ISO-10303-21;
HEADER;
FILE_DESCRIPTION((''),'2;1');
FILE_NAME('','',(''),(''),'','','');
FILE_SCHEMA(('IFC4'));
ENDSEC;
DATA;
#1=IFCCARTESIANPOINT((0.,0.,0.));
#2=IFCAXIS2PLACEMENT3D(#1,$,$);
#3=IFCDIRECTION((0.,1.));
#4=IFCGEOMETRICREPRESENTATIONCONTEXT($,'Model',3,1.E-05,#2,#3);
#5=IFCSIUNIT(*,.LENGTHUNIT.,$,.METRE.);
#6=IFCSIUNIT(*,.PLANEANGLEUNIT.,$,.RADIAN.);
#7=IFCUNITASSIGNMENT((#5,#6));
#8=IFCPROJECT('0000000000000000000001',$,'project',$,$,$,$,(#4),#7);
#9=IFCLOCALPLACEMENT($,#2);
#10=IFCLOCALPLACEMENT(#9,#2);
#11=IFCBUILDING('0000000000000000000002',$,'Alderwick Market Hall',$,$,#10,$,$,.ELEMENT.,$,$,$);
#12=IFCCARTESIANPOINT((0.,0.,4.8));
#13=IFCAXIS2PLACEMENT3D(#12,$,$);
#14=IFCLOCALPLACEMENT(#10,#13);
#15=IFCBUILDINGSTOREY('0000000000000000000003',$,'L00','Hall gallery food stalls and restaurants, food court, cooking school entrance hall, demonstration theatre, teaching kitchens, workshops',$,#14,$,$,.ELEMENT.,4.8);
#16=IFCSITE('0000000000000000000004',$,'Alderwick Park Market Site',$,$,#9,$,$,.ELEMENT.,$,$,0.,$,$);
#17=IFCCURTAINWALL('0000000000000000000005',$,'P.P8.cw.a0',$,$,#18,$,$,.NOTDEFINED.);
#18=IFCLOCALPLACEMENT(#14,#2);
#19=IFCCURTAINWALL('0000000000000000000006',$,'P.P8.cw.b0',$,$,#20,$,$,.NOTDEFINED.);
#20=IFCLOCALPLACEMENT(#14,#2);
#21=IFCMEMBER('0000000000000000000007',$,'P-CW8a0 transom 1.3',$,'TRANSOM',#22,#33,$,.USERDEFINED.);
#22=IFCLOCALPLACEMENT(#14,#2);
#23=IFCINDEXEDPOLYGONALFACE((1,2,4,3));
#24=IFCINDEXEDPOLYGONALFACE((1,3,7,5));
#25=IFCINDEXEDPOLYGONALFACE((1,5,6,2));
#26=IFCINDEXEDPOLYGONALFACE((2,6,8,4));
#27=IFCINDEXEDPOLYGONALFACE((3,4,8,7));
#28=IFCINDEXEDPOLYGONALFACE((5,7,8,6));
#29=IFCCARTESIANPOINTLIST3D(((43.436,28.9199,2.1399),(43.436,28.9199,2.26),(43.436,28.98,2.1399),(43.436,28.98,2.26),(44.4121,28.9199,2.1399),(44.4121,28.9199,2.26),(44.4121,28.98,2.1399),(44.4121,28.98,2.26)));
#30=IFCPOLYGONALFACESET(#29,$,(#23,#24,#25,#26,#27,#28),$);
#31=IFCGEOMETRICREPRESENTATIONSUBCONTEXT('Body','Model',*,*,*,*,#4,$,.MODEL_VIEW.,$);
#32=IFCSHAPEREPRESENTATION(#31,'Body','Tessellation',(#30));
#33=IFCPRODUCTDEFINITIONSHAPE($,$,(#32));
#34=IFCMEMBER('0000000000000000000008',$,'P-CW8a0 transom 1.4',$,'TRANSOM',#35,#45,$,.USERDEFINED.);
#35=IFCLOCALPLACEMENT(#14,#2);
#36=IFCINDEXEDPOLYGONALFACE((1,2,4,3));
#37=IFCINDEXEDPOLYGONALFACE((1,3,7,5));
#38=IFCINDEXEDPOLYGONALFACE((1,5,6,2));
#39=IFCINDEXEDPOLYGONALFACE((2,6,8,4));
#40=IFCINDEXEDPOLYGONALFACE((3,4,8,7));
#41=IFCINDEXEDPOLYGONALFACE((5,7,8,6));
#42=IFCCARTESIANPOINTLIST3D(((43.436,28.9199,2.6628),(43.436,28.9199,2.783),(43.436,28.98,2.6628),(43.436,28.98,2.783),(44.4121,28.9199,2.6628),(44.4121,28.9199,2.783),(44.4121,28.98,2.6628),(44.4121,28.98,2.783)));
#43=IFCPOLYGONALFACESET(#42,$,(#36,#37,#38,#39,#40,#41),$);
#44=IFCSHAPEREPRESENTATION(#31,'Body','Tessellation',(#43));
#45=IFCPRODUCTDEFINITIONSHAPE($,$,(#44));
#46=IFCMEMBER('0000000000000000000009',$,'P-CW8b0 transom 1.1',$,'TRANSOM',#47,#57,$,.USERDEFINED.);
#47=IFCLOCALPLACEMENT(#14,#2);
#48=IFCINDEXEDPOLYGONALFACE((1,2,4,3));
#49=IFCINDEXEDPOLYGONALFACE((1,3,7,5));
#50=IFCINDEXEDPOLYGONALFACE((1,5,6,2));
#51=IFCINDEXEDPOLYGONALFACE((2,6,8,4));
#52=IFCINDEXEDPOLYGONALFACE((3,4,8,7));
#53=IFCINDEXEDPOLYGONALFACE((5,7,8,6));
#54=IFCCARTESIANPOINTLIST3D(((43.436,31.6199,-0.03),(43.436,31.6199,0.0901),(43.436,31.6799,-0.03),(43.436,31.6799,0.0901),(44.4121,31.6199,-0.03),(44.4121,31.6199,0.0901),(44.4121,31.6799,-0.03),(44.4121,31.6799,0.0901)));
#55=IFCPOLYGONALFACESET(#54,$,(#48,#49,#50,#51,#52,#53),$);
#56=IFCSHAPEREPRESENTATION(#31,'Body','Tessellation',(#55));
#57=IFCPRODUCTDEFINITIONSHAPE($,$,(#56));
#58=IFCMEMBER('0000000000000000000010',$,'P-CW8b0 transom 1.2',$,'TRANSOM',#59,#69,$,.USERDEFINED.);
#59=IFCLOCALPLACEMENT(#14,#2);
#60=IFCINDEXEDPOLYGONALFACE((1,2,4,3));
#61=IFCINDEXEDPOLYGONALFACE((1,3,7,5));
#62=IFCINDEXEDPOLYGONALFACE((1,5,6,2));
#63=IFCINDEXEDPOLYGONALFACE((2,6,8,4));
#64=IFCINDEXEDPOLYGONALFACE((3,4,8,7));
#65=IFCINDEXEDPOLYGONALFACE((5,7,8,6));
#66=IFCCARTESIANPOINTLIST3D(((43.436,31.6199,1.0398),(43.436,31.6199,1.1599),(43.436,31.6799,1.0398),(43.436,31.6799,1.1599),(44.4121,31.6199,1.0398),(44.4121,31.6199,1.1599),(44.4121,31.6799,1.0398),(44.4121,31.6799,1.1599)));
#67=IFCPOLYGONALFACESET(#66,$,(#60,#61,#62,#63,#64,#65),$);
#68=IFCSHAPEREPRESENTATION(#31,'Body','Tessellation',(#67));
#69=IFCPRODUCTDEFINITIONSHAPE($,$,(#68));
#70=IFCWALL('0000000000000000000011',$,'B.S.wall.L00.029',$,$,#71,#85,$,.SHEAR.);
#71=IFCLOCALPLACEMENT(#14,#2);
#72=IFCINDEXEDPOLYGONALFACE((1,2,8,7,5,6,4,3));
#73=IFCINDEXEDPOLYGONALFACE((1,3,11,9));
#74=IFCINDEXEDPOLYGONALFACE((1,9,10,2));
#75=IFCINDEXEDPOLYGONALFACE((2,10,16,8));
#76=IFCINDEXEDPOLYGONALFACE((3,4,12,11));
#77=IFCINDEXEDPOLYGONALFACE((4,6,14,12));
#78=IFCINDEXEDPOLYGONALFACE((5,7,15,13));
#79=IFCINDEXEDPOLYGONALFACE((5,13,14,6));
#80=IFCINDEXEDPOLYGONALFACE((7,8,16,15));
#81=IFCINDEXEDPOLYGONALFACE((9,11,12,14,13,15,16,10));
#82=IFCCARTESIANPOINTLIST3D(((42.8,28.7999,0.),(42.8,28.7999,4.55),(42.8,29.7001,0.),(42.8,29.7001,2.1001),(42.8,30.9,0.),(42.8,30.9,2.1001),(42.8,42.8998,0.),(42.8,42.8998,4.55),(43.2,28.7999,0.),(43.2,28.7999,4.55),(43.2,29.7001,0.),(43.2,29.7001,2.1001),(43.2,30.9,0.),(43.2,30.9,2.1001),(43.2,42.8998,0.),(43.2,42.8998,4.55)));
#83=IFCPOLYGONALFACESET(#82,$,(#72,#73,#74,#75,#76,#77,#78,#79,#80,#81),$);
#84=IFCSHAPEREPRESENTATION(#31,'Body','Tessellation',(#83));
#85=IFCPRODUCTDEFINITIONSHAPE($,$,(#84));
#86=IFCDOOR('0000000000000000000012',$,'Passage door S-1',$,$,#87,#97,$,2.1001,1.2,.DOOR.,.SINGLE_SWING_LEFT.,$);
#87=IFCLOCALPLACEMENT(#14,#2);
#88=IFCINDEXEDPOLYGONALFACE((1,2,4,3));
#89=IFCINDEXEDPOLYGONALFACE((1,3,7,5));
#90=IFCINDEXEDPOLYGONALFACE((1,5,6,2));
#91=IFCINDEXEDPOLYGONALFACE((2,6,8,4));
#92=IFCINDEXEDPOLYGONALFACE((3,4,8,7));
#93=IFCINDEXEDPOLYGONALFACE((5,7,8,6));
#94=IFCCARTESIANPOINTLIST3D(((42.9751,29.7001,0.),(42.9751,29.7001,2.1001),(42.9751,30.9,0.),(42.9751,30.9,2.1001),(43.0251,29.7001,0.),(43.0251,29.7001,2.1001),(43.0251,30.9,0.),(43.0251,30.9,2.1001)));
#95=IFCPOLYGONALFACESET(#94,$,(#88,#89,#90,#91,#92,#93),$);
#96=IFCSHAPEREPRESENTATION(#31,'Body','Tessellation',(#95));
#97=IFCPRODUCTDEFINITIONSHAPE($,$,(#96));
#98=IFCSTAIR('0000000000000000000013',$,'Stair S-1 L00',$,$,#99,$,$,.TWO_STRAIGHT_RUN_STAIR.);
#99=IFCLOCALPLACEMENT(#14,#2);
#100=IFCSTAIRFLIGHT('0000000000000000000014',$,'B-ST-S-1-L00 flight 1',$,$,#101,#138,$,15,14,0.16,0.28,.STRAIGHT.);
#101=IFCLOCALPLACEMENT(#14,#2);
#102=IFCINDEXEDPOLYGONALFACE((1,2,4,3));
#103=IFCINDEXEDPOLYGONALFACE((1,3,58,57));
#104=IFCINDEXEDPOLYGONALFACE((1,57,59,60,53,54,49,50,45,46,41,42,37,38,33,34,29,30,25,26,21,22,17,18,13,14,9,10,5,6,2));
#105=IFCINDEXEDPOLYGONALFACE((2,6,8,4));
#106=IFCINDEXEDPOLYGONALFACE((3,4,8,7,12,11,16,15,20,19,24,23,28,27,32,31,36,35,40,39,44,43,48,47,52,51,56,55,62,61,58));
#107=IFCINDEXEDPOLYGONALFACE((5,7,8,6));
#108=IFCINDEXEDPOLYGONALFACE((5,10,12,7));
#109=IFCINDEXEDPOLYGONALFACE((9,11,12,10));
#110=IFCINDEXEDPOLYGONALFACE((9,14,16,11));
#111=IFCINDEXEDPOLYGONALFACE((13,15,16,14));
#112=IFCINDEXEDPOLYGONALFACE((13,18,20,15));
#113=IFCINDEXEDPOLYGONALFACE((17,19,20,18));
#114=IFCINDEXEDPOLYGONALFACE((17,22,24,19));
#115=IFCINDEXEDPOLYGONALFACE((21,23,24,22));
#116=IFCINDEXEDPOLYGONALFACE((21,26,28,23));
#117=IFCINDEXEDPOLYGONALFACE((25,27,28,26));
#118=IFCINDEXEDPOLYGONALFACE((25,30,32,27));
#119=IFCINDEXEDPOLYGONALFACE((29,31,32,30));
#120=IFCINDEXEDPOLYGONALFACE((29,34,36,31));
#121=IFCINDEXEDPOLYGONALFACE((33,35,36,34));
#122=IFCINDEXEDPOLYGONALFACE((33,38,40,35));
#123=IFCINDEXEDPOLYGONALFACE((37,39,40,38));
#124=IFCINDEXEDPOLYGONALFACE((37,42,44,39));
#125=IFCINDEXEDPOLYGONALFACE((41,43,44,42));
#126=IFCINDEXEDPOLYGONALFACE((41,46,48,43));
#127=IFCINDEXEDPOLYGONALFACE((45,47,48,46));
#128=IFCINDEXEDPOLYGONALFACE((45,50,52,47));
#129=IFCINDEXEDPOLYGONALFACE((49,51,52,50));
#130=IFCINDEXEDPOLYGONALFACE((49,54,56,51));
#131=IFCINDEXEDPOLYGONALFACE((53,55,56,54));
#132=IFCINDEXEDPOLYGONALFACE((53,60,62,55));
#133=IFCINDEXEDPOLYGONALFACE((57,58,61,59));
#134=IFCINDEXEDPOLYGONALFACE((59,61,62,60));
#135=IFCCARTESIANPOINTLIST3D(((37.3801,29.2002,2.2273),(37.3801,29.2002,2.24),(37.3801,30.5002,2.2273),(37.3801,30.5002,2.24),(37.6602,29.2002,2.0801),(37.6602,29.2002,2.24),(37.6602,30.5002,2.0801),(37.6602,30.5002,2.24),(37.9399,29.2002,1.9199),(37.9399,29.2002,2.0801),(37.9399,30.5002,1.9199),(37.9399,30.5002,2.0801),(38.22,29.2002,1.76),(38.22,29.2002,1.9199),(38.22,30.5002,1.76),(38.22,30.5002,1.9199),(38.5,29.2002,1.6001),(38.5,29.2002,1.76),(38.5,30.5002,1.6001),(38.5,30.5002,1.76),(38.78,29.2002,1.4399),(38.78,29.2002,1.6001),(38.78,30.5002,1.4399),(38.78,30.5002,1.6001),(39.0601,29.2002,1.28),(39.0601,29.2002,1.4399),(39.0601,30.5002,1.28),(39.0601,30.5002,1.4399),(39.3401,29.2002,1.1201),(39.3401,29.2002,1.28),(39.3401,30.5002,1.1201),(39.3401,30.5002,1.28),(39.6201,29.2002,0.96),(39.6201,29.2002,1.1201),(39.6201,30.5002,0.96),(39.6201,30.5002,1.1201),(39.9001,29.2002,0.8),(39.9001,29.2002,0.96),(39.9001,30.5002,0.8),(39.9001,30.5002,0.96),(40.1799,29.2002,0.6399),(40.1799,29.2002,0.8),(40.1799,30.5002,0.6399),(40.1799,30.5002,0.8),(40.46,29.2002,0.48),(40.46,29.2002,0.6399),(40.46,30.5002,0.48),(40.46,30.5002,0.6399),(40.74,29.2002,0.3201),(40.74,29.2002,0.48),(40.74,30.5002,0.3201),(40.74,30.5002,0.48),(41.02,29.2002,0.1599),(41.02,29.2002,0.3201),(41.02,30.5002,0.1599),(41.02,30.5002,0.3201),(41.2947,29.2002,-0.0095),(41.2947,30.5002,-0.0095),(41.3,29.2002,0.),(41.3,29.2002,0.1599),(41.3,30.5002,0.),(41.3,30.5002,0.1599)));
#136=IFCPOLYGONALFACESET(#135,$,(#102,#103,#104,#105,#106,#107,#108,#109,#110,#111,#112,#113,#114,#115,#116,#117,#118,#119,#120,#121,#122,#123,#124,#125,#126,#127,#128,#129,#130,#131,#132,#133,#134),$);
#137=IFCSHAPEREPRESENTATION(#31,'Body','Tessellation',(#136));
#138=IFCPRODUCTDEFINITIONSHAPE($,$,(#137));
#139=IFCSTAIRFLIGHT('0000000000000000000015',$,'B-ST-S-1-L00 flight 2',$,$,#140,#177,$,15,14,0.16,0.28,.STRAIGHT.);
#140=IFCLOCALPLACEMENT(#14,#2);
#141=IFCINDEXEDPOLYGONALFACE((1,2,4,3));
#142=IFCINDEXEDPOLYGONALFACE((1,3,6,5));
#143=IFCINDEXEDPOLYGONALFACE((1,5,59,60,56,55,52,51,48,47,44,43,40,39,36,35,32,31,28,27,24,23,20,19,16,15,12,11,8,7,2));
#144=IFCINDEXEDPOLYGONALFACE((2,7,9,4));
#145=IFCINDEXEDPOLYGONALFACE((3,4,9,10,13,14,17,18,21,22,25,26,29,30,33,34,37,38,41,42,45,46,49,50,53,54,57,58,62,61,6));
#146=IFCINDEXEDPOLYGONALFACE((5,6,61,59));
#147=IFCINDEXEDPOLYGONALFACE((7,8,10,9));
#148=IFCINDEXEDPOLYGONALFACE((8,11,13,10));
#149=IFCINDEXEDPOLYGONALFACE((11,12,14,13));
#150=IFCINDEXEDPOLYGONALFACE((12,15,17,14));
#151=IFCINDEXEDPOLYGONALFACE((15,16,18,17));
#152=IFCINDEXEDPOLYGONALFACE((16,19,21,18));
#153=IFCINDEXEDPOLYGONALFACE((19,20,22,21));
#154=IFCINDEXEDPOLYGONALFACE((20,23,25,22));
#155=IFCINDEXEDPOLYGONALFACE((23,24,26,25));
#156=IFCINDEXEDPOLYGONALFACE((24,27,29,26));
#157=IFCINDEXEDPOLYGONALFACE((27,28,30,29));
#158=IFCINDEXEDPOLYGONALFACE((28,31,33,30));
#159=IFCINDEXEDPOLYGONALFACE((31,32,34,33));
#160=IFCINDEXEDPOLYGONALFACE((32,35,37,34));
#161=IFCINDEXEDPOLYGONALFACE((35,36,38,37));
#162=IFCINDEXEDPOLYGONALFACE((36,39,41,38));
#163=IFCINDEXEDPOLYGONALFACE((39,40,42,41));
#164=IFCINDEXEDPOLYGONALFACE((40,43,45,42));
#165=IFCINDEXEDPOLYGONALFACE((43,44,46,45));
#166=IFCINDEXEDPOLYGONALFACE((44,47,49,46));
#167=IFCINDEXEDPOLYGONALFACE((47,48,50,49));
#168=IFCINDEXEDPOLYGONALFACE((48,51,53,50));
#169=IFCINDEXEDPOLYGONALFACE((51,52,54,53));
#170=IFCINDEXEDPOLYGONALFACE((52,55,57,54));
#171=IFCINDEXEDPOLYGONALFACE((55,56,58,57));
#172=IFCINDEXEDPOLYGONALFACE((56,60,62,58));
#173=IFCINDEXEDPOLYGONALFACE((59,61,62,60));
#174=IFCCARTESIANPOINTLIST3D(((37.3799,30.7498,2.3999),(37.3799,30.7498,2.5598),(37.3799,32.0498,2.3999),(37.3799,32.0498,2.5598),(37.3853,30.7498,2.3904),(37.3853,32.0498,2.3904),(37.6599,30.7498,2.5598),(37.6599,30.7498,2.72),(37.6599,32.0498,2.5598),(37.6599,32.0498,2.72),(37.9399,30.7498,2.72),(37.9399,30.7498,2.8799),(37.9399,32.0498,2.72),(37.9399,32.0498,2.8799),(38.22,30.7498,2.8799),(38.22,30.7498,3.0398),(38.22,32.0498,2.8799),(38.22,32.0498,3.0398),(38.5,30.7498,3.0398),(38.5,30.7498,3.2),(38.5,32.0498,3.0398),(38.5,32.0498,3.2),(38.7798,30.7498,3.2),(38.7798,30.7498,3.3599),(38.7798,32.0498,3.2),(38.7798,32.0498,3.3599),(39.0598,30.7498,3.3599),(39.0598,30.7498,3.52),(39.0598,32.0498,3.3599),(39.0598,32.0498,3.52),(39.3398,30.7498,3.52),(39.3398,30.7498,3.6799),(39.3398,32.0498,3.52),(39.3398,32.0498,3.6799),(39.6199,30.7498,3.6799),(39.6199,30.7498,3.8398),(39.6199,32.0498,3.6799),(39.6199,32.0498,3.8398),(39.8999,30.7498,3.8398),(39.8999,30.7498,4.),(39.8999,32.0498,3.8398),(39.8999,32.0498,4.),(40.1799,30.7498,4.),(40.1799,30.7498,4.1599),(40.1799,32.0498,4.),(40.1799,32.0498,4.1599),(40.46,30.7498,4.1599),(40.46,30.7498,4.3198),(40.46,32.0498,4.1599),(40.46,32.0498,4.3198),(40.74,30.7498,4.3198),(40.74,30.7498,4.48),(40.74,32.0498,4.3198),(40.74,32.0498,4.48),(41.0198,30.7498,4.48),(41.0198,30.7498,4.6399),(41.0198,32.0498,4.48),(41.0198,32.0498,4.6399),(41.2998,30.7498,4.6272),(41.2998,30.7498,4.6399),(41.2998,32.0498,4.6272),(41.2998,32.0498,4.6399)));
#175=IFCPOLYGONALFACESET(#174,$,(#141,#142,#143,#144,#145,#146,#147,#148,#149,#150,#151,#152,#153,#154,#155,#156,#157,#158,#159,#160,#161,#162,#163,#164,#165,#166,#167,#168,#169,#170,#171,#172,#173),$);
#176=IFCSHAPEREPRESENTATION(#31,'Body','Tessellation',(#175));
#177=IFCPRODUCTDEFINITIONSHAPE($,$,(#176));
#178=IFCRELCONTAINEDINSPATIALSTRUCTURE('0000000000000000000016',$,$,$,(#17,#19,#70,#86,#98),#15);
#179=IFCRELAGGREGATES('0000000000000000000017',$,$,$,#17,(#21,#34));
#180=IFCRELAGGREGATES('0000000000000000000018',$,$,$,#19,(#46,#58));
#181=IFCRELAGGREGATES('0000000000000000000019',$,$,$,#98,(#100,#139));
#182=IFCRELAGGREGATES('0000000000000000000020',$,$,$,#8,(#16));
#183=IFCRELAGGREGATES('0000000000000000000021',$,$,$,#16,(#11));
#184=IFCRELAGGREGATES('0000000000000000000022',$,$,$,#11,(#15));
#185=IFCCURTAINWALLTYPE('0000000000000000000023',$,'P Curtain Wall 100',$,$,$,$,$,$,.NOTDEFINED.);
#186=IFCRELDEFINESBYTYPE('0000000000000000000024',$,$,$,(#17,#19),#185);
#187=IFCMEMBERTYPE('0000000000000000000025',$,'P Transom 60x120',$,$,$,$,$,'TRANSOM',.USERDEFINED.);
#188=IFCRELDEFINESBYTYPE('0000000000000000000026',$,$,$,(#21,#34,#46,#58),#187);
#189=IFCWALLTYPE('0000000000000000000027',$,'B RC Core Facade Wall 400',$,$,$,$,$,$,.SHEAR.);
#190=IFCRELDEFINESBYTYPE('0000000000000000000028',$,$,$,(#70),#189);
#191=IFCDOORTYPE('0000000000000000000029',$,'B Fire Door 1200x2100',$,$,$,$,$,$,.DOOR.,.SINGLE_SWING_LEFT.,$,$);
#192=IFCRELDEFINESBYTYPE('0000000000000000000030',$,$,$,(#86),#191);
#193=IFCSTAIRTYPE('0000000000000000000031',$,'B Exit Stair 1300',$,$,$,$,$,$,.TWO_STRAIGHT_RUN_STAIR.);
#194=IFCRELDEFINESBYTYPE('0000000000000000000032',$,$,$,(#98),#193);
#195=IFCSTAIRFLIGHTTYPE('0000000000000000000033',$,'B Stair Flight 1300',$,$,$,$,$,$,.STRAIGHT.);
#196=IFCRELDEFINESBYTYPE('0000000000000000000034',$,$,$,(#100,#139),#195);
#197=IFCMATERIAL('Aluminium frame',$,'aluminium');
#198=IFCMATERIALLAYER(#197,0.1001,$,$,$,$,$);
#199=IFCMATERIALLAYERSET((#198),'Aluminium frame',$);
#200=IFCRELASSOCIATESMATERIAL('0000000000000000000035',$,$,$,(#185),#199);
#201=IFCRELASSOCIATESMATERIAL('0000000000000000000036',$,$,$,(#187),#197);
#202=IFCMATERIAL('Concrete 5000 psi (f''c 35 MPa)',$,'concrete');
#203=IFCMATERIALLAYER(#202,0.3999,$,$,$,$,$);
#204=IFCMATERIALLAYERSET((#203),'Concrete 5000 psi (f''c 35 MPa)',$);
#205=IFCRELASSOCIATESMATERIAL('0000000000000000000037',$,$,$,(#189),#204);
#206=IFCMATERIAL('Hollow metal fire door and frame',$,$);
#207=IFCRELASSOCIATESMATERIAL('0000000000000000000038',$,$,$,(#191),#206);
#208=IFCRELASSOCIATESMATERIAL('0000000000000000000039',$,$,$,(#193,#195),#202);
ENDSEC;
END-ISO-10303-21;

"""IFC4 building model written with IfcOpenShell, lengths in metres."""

from ifc_helpers import new_model, si_unit, direction, frame, frame_2d, origin, origin_2d, place, context, subcontext, project, spatial, polyline, rectangle, outline, extrude, material, layer, layer_set, material_profile, profile_set, type_object, element, fill, aggregate, save


model = new_model("IFC4")

# Units and contexts
model_context = context("Model", 3, precision=1e-05, world=origin(), true_north=direction((0.0, 1.0)))
body_context = subcontext(model_context, "Body", "Model", "MODEL_VIEW")
ifc_project = project(units=[si_unit("LENGTHUNIT", "METRE"), si_unit("PLANEANGLEUNIT", "RADIAN")], contexts=[model_context])

# Site, building, storey
site_placement = place(None, origin())
site = spatial("IfcSite", under=ifc_project, at=site_placement, Name="Alderwick Park Market Site", CompositionType="ELEMENT", RefElevation=0.0)
building_placement = place(site_placement, origin())
building = spatial("IfcBuilding", under=site, at=building_placement, Name="Alderwick Market Hall", CompositionType="ELEMENT")
storey_placement = place(building_placement, frame((0.0, 0.0, 4.8)))
storey = spatial("IfcBuildingStorey", under=building, at=storey_placement, Name="L00", Description="Hall gallery food stalls and restaurants, food court, cooking school entrance hall, demonstration theatre, teaching kitchens, workshops", CompositionType="ELEMENT", Elevation=4.8)

# Curtain walls
ifc_material_1 = material(Name="Aluminium frame", Category="aluminium")
ifc_layer_1 = layer(ifc_material_1, 0.1001)
ifc_layer_set_1 = layer_set([ifc_layer_1], Name="Aluminium frame")
curtain_wall_type = type_object("IfcCurtainWallType", Name="P Curtain Wall 100", PredefinedType="NOTDEFINED", material=ifc_layer_set_1)
curtain_wall_1_placement = place(storey_placement, origin())
curtain_wall_1 = element("IfcCurtainWall", 1, at=curtain_wall_1_placement, inside=storey, type_object=curtain_wall_type, Name="P.P8.cw.a0", PredefinedType="NOTDEFINED")
curtain_wall_2_placement = place(storey_placement, origin())
curtain_wall_2 = element("IfcCurtainWall", 2, at=curtain_wall_2_placement, inside=storey, type_object=curtain_wall_type, Name="P.P8.cw.b0", PredefinedType="NOTDEFINED")

# Shared definitions
ifc_material_2 = material(Name="Concrete 5000 psi (f'c 35 MPa)", Category="concrete")

# Members
ifc_material_profile_1 = material_profile(ifc_material_1, rectangle(XDim=0.0601, YDim=0.1201, at=origin_2d()), Name="P Transom 60x120")
ifc_profile_set_1 = profile_set([ifc_material_profile_1], Name="Aluminium frame")
member_type_1 = type_object("IfcMemberType", Name="P Transom 60x120", ElementType="TRANSOM", PredefinedType="USERDEFINED", material=ifc_profile_set_1)
member_1_placement = place(storey_placement, frame((43.436, 28.95, 2.2), z_axis=(1.0, 0.0, 0.0), x_axis=(0.0, 1.0, 0.0)))
member_1 = element("IfcMember", 3, at=member_1_placement, type_object=member_type_1, Name="P-CW8a0 transom 1.3", ObjectType="TRANSOM", PredefinedType="USERDEFINED", context=body_context, shape_type="SweptSolid", body=[
    extrude(rectangle(XDim=0.0601, YDim=0.1201, at=origin_2d()), origin(), (0.0, 0.0, 1.0), 0.9761),
])
member_2_placement = place(storey_placement, frame((43.436, 28.95, 2.7229), z_axis=(1.0, 0.0, 0.0), x_axis=(0.0, 1.0, 0.0)))
member_2 = element("IfcMember", 4, at=member_2_placement, type_object=member_type_1, Name="P-CW8a0 transom 1.4", ObjectType="TRANSOM", PredefinedType="USERDEFINED", context=body_context, shape_type="SweptSolid", body=[
    extrude(rectangle(XDim=0.0601, YDim=0.1201, at=origin_2d()), origin(), (0.0, 0.0, 1.0), 0.9761),
])
aggregate(curtain_wall_1, [member_1, member_2])
member_3_placement = place(storey_placement, frame((43.436, 31.6499, 0.03), z_axis=(1.0, 0.0, 0.0), x_axis=(0.0, 1.0, 0.0)))
member_3 = element("IfcMember", 5, at=member_3_placement, type_object=member_type_1, Name="P-CW8b0 transom 1.1", ObjectType="TRANSOM", PredefinedType="USERDEFINED", context=body_context, shape_type="SweptSolid", body=[
    extrude(rectangle(XDim=0.0601, YDim=0.1201, at=origin_2d()), origin(), (0.0, 0.0, 1.0), 0.9761),
])
member_4_placement = place(storey_placement, frame((43.436, 31.6499, 1.0999), z_axis=(1.0, 0.0, 0.0), x_axis=(0.0, 1.0, 0.0)))
member_4 = element("IfcMember", 6, at=member_4_placement, type_object=member_type_1, Name="P-CW8b0 transom 1.2", ObjectType="TRANSOM", PredefinedType="USERDEFINED", context=body_context, shape_type="SweptSolid", body=[
    extrude(rectangle(XDim=0.0601, YDim=0.1201, at=origin_2d()), origin(), (0.0, 0.0, 1.0), 0.9761),
])
aggregate(curtain_wall_2, [member_3, member_4])

# Wall, opening, door
ifc_layer_2 = layer(ifc_material_2, 0.3999)
ifc_layer_set_2 = layer_set([ifc_layer_2], Name="Concrete 5000 psi (f'c 35 MPa)")
wall_type = type_object("IfcWallType", Name="B RC Core Facade Wall 400", PredefinedType="SHEAR", material=ifc_layer_set_2)
wall_placement = place(storey_placement, frame((43.0, 28.8, 0.0), z_axis=(0.0, 0.0, 1.0), x_axis=(0.0, 1.0, 0.0)))
wall = element("IfcWall", 7, at=wall_placement, inside=storey, type_object=wall_type, Name="B.S.wall.L00.029", PredefinedType="SHEAR", context=body_context, shape_type="SweptSolid", body=[
    extrude(rectangle(XDim=14.0999, YDim=0.3999, at=frame_2d((7.0498, 0.0))), origin(), (0.0, 0.0, 1.0), 4.55),
])
opening_placement = place(wall_placement, frame((0.8999, 0.0, 0.0)))
opening = element("IfcOpeningElement", 8, at=opening_placement, cuts=wall, PredefinedType="OPENING", context=body_context, shape_type="SweptSolid", body=[
    extrude(rectangle(XDim=1.2, YDim=2.1001, at=frame_2d((0.6001, 1.05))), frame((0.0, 0.21, 0.0), z_axis=(0.0, -1.0, 0.0), x_axis=(1.0, 0.0, 0.0)), (0.0, 0.0, 1.0), 0.4199),
])
ifc_material_3 = material(Name="Hollow metal fire door and frame")
door_type = type_object("IfcDoorType", Name="B Fire Door 1200x2100", OperationType="SINGLE_SWING_LEFT", PredefinedType="DOOR", material=ifc_material_3)
door_placement = place(opening_placement, origin())
door = element("IfcDoor", 9, at=door_placement, inside=storey, type_object=door_type, Name="Passage door S-1", OperationType="SINGLE_SWING_LEFT", OverallHeight=2.1001, OverallWidth=1.2, PredefinedType="DOOR", context=body_context, shape_type="SweptSolid", body=[
    extrude(rectangle(XDim=1.2, YDim=2.1001, at=frame_2d((0.6001, 1.05))), frame((0.0, 0.0249, 0.0), z_axis=(0.0, -1.0, 0.0), x_axis=(1.0, 0.0, 0.0)), (0.0, 0.0, 1.0), 0.05),
])
fill(opening, door)

# Stair, stair flights
stair_type = type_object("IfcStairType", Name="B Exit Stair 1300", PredefinedType="TWO_STRAIGHT_RUN_STAIR", material=ifc_material_2)
stair_placement = place(storey_placement, origin())
stair = element("IfcStair", 10, at=stair_placement, inside=storey, type_object=stair_type, Name="Stair S-1 L00", PredefinedType="TWO_STRAIGHT_RUN_STAIR")
stair_flight_type = type_object("IfcStairFlightType", Name="B Stair Flight 1300", PredefinedType="STRAIGHT", material=ifc_material_2)
stair_flight_1_placement = place(storey_placement, frame((41.3, 29.8501, 0.0), z_axis=(0.0, 0.0, 1.0), x_axis=(-1.0, 0.0, 0.0)))
stair_flight_1 = element("IfcStairFlight", 11, at=stair_flight_1_placement, type_object=stair_flight_type, Name="B-ST-S-1-L00 flight 1", NumberOfRisers=15, NumberOfTreads=14, PredefinedType="STRAIGHT", RiserHeight=0.16, TreadLength=0.28, context=body_context, shape_type="SweptSolid", body=[
    extrude(outline(polyline([(0.0054, -0.0095), (0.0, 0.0), (0.0, 0.1599), (0.28, 0.1599), (0.28, 0.3201), (0.5601, 0.3201), (0.5601, 0.48), (0.8401, 0.48), (0.8401, 0.6399), (1.1201, 0.6399), (1.1201, 0.8), (1.3999, 0.8), (1.3999, 0.96), (1.6799, 0.96), (1.6799, 1.1201), (1.96, 1.1201), (1.96, 1.28), (2.24, 1.28), (2.24, 1.4399), (2.52, 1.4399), (2.52, 1.6001), (2.8, 1.6001), (2.8, 1.76), (3.0801, 1.76), (3.0801, 1.9199), (3.3601, 1.9199), (3.3601, 2.0801), (3.6399, 2.0801), (3.6399, 2.24), (3.9199, 2.24), (3.9199, 2.2273), (0.0054, -0.0095)])), frame((0.0, 0.6499, 0.0), z_axis=(0.0, -1.0, 0.0), x_axis=(1.0, 0.0, 0.0)), (0.0, 0.0, 1.0), 1.3),
])
stair_flight_2_placement = place(storey_placement, frame((37.3799, 31.3999, 2.3999), z_axis=(0.0, 0.0, 1.0), x_axis=(1.0, 0.0, 0.0)))
stair_flight_2 = element("IfcStairFlight", 12, at=stair_flight_2_placement, type_object=stair_flight_type, Name="B-ST-S-1-L00 flight 2", NumberOfRisers=15, NumberOfTreads=14, PredefinedType="STRAIGHT", RiserHeight=0.16, TreadLength=0.28, context=body_context, shape_type="SweptSolid", body=[
    extrude(outline(polyline([(0.0054, -0.0095), (0.0, 0.0), (0.0, 0.1599), (0.28, 0.1599), (0.28, 0.3201), (0.5601, 0.3201), (0.5601, 0.48), (0.8401, 0.48), (0.8401, 0.6399), (1.1201, 0.6399), (1.1201, 0.8), (1.3999, 0.8), (1.3999, 0.96), (1.6799, 0.96), (1.6799, 1.1201), (1.96, 1.1201), (1.96, 1.28), (2.24, 1.28), (2.24, 1.4399), (2.52, 1.4399), (2.52, 1.6001), (2.8, 1.6001), (2.8, 1.76), (3.0801, 1.76), (3.0801, 1.9199), (3.3601, 1.9199), (3.3601, 2.0801), (3.6399, 2.0801), (3.6399, 2.24), (3.9199, 2.24), (3.9199, 2.2273), (0.0054, -0.0095)])), frame((0.0, 0.6499, 0.0), z_axis=(0.0, -1.0, 0.0), x_axis=(1.0, 0.0, 0.0)), (0.0, 0.0, 1.0), 1.3),
])
aggregate(stair, [stair_flight_1, stair_flight_2])

save(model, "model.ifc")
